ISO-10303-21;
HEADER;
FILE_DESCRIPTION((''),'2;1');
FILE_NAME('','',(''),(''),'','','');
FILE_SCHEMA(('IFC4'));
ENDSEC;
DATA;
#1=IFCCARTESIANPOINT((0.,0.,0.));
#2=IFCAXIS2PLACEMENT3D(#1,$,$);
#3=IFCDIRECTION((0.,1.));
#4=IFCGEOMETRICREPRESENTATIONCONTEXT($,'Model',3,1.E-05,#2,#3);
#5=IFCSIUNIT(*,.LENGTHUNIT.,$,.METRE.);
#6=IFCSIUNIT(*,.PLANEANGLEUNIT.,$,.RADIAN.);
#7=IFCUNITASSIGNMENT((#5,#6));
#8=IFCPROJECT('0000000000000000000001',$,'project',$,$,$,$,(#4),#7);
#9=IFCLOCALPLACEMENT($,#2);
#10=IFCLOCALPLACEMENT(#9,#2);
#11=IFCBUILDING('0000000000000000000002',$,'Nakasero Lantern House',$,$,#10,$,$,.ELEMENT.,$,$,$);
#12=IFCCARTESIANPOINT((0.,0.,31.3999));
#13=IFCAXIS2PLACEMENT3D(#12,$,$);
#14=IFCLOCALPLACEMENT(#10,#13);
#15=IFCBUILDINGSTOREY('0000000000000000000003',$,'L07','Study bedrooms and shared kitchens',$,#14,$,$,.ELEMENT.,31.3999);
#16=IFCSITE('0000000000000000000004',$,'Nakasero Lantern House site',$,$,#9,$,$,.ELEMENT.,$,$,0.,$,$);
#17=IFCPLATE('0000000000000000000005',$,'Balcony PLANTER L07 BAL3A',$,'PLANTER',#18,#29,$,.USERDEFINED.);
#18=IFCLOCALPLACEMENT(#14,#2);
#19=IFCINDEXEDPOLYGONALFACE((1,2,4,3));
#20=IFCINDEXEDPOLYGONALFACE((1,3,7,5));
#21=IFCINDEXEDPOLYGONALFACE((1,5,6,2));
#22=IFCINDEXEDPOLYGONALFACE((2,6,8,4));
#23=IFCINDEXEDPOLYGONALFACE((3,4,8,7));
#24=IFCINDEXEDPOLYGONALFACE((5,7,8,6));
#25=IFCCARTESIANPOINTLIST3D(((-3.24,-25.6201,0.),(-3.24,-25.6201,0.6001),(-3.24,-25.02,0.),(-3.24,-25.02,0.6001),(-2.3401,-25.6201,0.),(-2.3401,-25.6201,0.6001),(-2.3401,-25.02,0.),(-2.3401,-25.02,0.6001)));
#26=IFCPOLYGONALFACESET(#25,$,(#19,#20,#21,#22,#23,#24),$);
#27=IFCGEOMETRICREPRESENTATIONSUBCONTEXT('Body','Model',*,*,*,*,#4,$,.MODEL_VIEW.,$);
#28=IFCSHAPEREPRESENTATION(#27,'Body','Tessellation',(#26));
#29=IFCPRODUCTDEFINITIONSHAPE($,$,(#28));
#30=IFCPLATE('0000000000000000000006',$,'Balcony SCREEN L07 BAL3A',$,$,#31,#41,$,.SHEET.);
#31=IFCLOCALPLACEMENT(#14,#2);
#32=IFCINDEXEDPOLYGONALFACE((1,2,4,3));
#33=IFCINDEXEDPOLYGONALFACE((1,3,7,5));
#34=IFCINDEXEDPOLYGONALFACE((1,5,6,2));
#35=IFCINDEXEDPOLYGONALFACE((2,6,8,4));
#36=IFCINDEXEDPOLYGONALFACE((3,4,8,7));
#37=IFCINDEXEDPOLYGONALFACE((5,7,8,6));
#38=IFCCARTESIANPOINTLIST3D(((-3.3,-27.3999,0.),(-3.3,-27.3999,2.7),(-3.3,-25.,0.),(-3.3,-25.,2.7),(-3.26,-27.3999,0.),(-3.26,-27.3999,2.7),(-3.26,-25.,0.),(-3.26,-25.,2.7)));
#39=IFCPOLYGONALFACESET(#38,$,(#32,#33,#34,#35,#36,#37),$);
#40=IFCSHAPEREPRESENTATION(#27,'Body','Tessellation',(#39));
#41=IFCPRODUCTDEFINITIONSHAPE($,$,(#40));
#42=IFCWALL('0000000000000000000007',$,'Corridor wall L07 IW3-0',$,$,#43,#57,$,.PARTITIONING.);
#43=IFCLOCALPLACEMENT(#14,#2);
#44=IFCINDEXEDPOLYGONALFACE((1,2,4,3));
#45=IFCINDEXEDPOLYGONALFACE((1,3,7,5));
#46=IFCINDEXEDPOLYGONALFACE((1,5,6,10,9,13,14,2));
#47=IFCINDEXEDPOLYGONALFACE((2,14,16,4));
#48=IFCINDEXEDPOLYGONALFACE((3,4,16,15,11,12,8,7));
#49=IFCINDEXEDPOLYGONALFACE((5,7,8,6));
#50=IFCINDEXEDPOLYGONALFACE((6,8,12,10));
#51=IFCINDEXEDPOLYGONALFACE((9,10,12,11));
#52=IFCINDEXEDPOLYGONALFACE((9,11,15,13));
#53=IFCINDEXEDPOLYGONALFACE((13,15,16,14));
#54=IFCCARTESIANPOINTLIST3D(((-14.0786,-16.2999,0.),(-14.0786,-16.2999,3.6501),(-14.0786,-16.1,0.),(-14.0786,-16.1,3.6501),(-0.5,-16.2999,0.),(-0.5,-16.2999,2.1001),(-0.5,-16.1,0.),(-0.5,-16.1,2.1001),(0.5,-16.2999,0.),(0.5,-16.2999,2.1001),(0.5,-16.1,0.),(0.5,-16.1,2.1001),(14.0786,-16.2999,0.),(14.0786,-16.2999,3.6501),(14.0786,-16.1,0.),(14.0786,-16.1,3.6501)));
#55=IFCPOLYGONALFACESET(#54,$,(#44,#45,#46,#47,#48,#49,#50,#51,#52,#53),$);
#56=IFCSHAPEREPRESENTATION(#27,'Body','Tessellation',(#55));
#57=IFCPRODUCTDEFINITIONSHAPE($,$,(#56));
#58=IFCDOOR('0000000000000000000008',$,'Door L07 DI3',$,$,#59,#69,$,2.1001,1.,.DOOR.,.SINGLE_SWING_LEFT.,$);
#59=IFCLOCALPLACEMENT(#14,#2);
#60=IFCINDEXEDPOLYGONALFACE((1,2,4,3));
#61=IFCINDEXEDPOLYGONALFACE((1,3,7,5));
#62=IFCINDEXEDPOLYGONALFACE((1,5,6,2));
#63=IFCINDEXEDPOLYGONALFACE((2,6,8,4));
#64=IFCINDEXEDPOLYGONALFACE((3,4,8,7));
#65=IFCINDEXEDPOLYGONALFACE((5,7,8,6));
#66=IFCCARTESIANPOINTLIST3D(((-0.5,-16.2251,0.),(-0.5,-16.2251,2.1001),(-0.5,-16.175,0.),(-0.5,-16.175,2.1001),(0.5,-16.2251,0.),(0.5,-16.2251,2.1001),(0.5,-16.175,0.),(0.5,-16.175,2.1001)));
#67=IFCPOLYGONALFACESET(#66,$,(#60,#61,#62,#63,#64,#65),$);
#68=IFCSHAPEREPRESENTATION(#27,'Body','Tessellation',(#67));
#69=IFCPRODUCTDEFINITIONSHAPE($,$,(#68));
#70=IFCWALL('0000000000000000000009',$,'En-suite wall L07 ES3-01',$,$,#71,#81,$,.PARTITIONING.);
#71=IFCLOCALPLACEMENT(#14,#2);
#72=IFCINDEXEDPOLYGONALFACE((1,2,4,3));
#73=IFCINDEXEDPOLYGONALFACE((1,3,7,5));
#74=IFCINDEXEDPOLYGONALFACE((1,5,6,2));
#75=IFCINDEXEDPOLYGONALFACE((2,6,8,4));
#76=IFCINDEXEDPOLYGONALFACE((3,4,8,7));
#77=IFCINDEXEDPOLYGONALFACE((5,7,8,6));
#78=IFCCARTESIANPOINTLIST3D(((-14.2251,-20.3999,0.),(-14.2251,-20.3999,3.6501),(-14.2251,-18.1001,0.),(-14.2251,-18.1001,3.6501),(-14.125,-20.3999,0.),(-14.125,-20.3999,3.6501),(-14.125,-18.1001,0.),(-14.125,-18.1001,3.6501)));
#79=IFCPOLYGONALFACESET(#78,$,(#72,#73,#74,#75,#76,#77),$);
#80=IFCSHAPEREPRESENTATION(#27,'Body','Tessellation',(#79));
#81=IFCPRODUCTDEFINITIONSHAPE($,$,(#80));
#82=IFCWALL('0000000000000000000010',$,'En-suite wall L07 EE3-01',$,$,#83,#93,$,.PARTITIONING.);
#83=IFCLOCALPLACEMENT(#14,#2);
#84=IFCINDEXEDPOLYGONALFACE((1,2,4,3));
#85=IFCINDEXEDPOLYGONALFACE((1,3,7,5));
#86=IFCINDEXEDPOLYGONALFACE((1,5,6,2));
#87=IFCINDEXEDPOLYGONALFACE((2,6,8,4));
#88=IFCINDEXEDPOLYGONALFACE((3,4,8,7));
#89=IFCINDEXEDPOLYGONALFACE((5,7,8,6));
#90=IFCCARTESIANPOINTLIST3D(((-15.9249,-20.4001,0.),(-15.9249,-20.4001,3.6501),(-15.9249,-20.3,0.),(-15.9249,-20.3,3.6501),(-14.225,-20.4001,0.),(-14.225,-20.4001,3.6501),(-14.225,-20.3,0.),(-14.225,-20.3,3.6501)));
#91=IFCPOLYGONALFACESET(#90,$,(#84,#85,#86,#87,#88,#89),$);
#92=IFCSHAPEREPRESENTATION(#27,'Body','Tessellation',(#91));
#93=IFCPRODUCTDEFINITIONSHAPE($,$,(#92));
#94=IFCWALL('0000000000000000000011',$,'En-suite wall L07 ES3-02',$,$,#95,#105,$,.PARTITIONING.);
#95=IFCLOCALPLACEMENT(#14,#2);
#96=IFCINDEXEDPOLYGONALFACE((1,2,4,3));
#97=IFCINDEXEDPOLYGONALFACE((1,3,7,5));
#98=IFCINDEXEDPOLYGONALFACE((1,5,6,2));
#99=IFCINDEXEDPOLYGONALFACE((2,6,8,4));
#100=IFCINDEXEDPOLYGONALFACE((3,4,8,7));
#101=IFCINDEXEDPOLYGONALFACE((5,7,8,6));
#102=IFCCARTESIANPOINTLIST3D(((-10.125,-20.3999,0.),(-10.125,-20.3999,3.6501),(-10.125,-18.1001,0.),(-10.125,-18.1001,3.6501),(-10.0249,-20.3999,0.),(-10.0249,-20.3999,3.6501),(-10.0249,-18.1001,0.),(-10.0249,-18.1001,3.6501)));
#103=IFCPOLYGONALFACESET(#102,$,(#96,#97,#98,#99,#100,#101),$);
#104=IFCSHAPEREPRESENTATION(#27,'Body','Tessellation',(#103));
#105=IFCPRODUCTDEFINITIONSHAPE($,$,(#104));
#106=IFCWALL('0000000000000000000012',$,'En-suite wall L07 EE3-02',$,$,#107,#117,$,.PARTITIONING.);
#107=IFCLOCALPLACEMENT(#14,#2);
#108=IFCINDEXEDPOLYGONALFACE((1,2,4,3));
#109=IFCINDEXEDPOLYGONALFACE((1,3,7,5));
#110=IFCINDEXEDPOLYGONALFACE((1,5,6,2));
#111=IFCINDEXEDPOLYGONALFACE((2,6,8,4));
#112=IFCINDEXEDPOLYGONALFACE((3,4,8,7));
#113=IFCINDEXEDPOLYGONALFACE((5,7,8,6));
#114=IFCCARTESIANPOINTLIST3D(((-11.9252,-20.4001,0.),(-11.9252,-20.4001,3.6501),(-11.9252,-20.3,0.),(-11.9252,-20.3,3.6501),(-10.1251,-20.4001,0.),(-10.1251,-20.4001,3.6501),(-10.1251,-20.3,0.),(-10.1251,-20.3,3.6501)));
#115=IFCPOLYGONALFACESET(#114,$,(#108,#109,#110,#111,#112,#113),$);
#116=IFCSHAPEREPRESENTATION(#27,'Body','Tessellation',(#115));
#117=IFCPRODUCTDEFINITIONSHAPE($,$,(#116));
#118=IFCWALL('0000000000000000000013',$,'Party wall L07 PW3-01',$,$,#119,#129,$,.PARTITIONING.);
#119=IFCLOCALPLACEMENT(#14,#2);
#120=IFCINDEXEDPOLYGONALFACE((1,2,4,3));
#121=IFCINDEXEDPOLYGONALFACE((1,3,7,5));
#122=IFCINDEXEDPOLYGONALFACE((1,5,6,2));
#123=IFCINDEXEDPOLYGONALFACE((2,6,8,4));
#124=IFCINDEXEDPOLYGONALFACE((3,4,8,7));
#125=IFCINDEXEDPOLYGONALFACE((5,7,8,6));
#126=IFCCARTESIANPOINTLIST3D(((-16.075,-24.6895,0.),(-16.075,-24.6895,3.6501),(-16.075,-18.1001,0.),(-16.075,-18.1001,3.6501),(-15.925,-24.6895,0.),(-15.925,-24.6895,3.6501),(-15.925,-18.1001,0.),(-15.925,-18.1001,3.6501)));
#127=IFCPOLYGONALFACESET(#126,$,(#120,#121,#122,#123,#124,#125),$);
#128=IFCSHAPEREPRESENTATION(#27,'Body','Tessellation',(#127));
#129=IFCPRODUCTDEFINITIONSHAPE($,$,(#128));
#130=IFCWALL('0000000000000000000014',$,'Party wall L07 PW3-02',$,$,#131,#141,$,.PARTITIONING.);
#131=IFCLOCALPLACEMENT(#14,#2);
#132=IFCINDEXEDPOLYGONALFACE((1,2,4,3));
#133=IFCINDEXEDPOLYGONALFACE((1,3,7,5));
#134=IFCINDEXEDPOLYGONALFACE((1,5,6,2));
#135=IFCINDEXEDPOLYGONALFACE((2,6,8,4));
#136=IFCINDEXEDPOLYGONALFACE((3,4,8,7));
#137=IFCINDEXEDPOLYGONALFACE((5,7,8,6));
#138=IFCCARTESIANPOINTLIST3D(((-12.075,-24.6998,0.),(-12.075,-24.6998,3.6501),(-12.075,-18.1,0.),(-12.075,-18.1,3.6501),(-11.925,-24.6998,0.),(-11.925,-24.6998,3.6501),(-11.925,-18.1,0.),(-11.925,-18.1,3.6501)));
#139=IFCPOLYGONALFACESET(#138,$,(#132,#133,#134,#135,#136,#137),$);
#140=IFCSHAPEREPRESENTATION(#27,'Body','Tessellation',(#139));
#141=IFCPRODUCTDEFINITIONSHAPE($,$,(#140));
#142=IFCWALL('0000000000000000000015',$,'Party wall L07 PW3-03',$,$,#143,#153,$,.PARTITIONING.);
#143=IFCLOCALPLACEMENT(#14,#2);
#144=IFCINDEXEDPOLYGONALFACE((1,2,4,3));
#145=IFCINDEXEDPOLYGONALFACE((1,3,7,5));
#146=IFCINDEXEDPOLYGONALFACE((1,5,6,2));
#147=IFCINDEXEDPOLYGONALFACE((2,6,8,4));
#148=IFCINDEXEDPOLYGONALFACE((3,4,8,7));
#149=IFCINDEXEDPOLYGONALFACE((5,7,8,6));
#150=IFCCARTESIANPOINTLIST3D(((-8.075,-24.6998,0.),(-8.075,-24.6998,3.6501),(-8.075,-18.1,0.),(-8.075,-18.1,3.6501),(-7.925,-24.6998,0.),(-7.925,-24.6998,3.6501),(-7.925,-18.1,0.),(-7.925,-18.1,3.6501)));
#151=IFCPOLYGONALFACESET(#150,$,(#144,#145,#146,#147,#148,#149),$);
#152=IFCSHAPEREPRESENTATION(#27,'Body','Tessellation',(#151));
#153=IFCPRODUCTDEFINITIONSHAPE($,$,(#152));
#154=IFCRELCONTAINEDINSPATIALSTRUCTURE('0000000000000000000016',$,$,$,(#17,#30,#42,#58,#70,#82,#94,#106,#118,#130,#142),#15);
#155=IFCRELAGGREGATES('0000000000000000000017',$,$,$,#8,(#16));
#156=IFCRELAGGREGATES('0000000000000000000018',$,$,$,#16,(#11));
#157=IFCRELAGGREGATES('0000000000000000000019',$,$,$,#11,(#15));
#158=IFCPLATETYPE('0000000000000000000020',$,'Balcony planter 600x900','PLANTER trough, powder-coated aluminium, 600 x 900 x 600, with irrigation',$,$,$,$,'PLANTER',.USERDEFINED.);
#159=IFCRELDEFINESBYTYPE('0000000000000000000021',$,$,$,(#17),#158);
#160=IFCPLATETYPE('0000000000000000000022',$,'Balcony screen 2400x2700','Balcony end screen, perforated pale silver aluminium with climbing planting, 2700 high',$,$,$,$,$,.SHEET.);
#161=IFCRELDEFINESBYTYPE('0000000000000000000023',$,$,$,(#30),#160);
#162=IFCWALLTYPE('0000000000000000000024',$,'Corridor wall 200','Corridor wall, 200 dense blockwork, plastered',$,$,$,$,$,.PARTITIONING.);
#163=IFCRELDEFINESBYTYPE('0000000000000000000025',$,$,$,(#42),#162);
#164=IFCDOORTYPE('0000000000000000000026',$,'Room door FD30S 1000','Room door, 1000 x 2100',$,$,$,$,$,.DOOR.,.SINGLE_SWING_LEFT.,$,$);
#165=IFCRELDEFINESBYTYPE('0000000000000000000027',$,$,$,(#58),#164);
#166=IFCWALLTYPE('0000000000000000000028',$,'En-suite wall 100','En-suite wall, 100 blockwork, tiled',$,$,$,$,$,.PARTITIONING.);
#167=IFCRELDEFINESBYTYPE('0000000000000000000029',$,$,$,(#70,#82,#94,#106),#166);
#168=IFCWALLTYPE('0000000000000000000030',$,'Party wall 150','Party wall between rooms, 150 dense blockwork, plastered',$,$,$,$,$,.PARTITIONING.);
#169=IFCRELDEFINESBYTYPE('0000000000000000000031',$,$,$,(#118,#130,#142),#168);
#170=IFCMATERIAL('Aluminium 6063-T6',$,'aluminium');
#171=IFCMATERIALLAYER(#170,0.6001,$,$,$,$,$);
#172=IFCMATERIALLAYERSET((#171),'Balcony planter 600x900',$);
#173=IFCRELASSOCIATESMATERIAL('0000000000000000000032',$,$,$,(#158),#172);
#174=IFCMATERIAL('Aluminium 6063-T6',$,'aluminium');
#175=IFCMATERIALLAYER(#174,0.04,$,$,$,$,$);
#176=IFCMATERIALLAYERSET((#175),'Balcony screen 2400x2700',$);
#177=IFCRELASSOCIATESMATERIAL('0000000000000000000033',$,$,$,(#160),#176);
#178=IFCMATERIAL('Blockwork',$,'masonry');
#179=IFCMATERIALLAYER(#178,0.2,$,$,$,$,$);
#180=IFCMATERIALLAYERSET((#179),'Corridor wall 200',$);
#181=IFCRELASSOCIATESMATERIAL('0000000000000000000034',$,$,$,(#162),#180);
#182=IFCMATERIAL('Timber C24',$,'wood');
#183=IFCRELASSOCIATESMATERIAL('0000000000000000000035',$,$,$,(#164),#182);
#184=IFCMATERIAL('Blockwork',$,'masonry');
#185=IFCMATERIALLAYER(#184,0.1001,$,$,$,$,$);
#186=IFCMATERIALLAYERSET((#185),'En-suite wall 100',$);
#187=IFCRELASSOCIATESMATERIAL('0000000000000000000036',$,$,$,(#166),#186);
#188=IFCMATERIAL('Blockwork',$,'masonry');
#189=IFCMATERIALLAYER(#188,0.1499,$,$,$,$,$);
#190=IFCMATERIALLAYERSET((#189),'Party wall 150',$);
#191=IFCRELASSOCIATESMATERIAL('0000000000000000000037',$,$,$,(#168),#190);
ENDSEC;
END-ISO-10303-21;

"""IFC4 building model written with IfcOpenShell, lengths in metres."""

from ifc_helpers import new_model, si_unit, direction, frame, frame_2d, origin, origin_2d, place, context, subcontext, project, spatial, rectangle, extrude, material, layer, layer_set, type_object, element, fill, save


model = new_model("IFC4")

# Units and contexts
model_context = context("Model", 3, precision=1e-05, world=origin(), true_north=direction((0.0, 1.0)))
body_context = subcontext(model_context, "Body", "Model", "MODEL_VIEW")
ifc_project = project(units=[si_unit("LENGTHUNIT", "METRE"), si_unit("PLANEANGLEUNIT", "RADIAN")], contexts=[model_context])

# Site, building, storey
site_placement = place(None, origin())
site = spatial("IfcSite", under=ifc_project, at=site_placement, Name="Nakasero Lantern House site", CompositionType="ELEMENT", RefElevation=0.0)
building_placement = place(site_placement, origin())
building = spatial("IfcBuilding", under=site, at=building_placement, Name="Nakasero Lantern House", CompositionType="ELEMENT")
storey_placement = place(building_placement, frame((0.0, 0.0, 31.3999)))
storey = spatial("IfcBuildingStorey", under=building, at=storey_placement, Name="L07", Description="Study bedrooms and shared kitchens", CompositionType="ELEMENT", Elevation=31.3999)

# Plates
ifc_material_1 = material(Name="Aluminium 6063-T6", Category="aluminium")
ifc_layer_1 = layer(ifc_material_1, 0.6001)
ifc_layer_set_1 = layer_set([ifc_layer_1], Name="Balcony planter 600x900")
plate_type_1 = type_object("IfcPlateType", Name="Balcony planter 600x900", Description="PLANTER trough, powder-coated aluminium, 600 x 900 x 600, with irrigation", ElementType="PLANTER", PredefinedType="USERDEFINED", material=ifc_layer_set_1)
plate_1_placement = place(storey_placement, frame((-2.79, -25.3201, 0.0), z_axis=(0.0, 0.0, 1.0), x_axis=(0.0, -1.0, 0.0)))
element("IfcPlate", 1, at=plate_1_placement, inside=storey, type_object=plate_type_1, Name="Balcony PLANTER L07 BAL3A", ObjectType="PLANTER", PredefinedType="USERDEFINED", context=body_context, shape_type="SweptSolid", body=[
    extrude(rectangle(XDim=0.6001, YDim=0.8999, at=origin_2d()), origin(), (0.0, 0.0, 1.0), 0.6001),
])
ifc_material_2 = material(Name="Aluminium 6063-T6", Category="aluminium")
ifc_layer_2 = layer(ifc_material_2, 0.04)
ifc_layer_set_2 = layer_set([ifc_layer_2], Name="Balcony screen 2400x2700")
plate_type_2 = type_object("IfcPlateType", Name="Balcony screen 2400x2700", Description="Balcony end screen, perforated pale silver aluminium with climbing planting, 2700 high", PredefinedType="SHEET", material=ifc_layer_set_2)
plate_2_placement = place(storey_placement, frame((-3.28, -26.2, 0.0), z_axis=(0.0, 0.0, 1.0), x_axis=(0.0, -1.0, 0.0)))
element("IfcPlate", 2, at=plate_2_placement, inside=storey, type_object=plate_type_2, Name="Balcony SCREEN L07 BAL3A", PredefinedType="SHEET", context=body_context, shape_type="SweptSolid", body=[
    extrude(rectangle(XDim=2.3999, YDim=0.04, at=origin_2d()), origin(), (0.0, 0.0, 1.0), 2.7),
])

# Wall, opening, door
ifc_material_3 = material(Name="Blockwork", Category="masonry")
ifc_layer_3 = layer(ifc_material_3, 0.2)
ifc_layer_set_3 = layer_set([ifc_layer_3], Name="Corridor wall 200")
wall_type_1 = type_object("IfcWallType", Name="Corridor wall 200", Description="Corridor wall, 200 dense blockwork, plastered", PredefinedType="PARTITIONING", material=ifc_layer_set_3)
wall_1_placement = place(storey_placement, frame((-14.0786, -16.2, 0.0), z_axis=(0.0, 0.0, 1.0), x_axis=(1.0, 0.0, 0.0)))
wall_1 = element("IfcWall", 3, at=wall_1_placement, inside=storey, type_object=wall_type_1, Name="Corridor wall L07 IW3-0", PredefinedType="PARTITIONING", context=body_context, shape_type="SweptSolid", body=[
    extrude(rectangle(XDim=28.1572, YDim=0.2, at=frame_2d((14.0786, 0.0))), origin(), (0.0, 0.0, 1.0), 3.6501),
])
opening_placement = place(wall_1_placement, frame((13.5786, 0.0, 0.0)))
opening = element("IfcOpeningElement", 4, at=opening_placement, cuts=wall_1, PredefinedType="OPENING", context=body_context, shape_type="SweptSolid", body=[
    extrude(rectangle(XDim=1.0, YDim=2.1001, at=frame_2d((0.5, 1.05))), frame((0.0, 0.1199, 0.0), z_axis=(0.0, -1.0, 0.0), x_axis=(1.0, 0.0, 0.0)), (0.0, 0.0, 1.0), 0.24),
])
ifc_material_4 = material(Name="Timber C24", Category="wood")
door_type = type_object("IfcDoorType", Name="Room door FD30S 1000", Description="Room door, 1000 x 2100", OperationType="SINGLE_SWING_LEFT", PredefinedType="DOOR", material=ifc_material_4)
door_placement = place(opening_placement, origin())
door = element("IfcDoor", 5, at=door_placement, inside=storey, type_object=door_type, Name="Door L07 DI3", OperationType="SINGLE_SWING_LEFT", OverallHeight=2.1001, OverallWidth=1.0, PredefinedType="DOOR", context=body_context, shape_type="SweptSolid", body=[
    extrude(rectangle(XDim=1.0, YDim=2.1001, at=frame_2d((0.5, 1.05))), frame((0.0, 0.0249, 0.0), z_axis=(0.0, -1.0, 0.0), x_axis=(1.0, 0.0, 0.0)), (0.0, 0.0, 1.0), 0.05),
])
fill(opening, door)

# Walls
ifc_material_5 = material(Name="Blockwork", Category="masonry")
ifc_layer_4 = layer(ifc_material_5, 0.1001)
ifc_layer_set_4 = layer_set([ifc_layer_4], Name="En-suite wall 100")
wall_type_2 = type_object("IfcWallType", Name="En-suite wall 100", Description="En-suite wall, 100 blockwork, tiled", PredefinedType="PARTITIONING", material=ifc_layer_set_4)
wall_2_placement = place(storey_placement, frame((-14.175, -18.1001, 0.0), z_axis=(0.0, 0.0, 1.0), x_axis=(0.0, -1.0, 0.0)))
element("IfcWall", 6, at=wall_2_placement, inside=storey, type_object=wall_type_2, Name="En-suite wall L07 ES3-01", PredefinedType="PARTITIONING", context=body_context, shape_type="SweptSolid", body=[
    extrude(rectangle(XDim=2.2998, YDim=0.1001, at=frame_2d((1.1499, 0.0))), origin(), (0.0, 0.0, 1.0), 3.6501),
])
wall_3_placement = place(storey_placement, frame((-15.925, -20.3501, 0.0), z_axis=(0.0, 0.0, 1.0), x_axis=(1.0, 0.0, 0.0)))
element("IfcWall", 7, at=wall_3_placement, inside=storey, type_object=wall_type_2, Name="En-suite wall L07 EE3-01", PredefinedType="PARTITIONING", context=body_context, shape_type="SweptSolid", body=[
    extrude(rectangle(XDim=1.7, YDim=0.1001, at=frame_2d((0.8501, 0.0))), origin(), (0.0, 0.0, 1.0), 3.6501),
])
wall_4_placement = place(storey_placement, frame((-10.075, -18.1001, 0.0), z_axis=(0.0, 0.0, 1.0), x_axis=(0.0, -1.0, 0.0)))
element("IfcWall", 8, at=wall_4_placement, inside=storey, type_object=wall_type_2, Name="En-suite wall L07 ES3-02", PredefinedType="PARTITIONING", context=body_context, shape_type="SweptSolid", body=[
    extrude(rectangle(XDim=2.2998, YDim=0.1001, at=frame_2d((1.1499, 0.0))), origin(), (0.0, 0.0, 1.0), 3.6501),
])
wall_5_placement = place(storey_placement, frame((-11.925, -20.3501, 0.0), z_axis=(0.0, 0.0, 1.0), x_axis=(1.0, 0.0, 0.0)))
element("IfcWall", 9, at=wall_5_placement, inside=storey, type_object=wall_type_2, Name="En-suite wall L07 EE3-02", PredefinedType="PARTITIONING", context=body_context, shape_type="SweptSolid", body=[
    extrude(rectangle(XDim=1.8, YDim=0.1001, at=frame_2d((0.8999, 0.0))), origin(), (0.0, 0.0, 1.0), 3.6501),
])
ifc_material_6 = material(Name="Blockwork", Category="masonry")
ifc_layer_5 = layer(ifc_material_6, 0.1499)
ifc_layer_set_5 = layer_set([ifc_layer_5], Name="Party wall 150")
wall_type_3 = type_object("IfcWallType", Name="Party wall 150", Description="Party wall between rooms, 150 dense blockwork, plastered", PredefinedType="PARTITIONING", material=ifc_layer_set_5)
wall_6_placement = place(storey_placement, frame((-16.0, -18.1001, 0.0), z_axis=(0.0, 0.0, 1.0), x_axis=(0.0, -1.0, 0.0)))
element("IfcWall", 10, at=wall_6_placement, inside=storey, type_object=wall_type_3, Name="Party wall L07 PW3-01", PredefinedType="PARTITIONING", context=body_context, shape_type="SweptSolid", body=[
    extrude(rectangle(XDim=6.5894, YDim=0.1499, at=frame_2d((3.2947, 0.0))), origin(), (0.0, 0.0, 1.0), 3.6501),
])
for number, where, z_axis, x_axis, name in (
    (11, (-12.0, -18.1001, 0.0), (0.0, 0.0, 1.0), (0.0, -1.0, 0.0), "Party wall L07 PW3-02"),
    (12, (-8.0, -18.1001, 0.0), (0.0, 0.0, 1.0), (0.0, -1.0, 0.0), "Party wall L07 PW3-03"),
):
    element("IfcWall", number, at=place(storey_placement, frame(where, z_axis=z_axis, x_axis=x_axis)), inside=storey, type_object=wall_type_3, Name=name, PredefinedType="PARTITIONING", context=body_context, shape_type="SweptSolid", body=[
        extrude(rectangle(XDim=6.5999, YDim=0.1499, at=frame_2d((3.2998, 0.0))), origin(), (0.0, 0.0, 1.0), 3.6501),
    ])

save(model, "model.ifc")
